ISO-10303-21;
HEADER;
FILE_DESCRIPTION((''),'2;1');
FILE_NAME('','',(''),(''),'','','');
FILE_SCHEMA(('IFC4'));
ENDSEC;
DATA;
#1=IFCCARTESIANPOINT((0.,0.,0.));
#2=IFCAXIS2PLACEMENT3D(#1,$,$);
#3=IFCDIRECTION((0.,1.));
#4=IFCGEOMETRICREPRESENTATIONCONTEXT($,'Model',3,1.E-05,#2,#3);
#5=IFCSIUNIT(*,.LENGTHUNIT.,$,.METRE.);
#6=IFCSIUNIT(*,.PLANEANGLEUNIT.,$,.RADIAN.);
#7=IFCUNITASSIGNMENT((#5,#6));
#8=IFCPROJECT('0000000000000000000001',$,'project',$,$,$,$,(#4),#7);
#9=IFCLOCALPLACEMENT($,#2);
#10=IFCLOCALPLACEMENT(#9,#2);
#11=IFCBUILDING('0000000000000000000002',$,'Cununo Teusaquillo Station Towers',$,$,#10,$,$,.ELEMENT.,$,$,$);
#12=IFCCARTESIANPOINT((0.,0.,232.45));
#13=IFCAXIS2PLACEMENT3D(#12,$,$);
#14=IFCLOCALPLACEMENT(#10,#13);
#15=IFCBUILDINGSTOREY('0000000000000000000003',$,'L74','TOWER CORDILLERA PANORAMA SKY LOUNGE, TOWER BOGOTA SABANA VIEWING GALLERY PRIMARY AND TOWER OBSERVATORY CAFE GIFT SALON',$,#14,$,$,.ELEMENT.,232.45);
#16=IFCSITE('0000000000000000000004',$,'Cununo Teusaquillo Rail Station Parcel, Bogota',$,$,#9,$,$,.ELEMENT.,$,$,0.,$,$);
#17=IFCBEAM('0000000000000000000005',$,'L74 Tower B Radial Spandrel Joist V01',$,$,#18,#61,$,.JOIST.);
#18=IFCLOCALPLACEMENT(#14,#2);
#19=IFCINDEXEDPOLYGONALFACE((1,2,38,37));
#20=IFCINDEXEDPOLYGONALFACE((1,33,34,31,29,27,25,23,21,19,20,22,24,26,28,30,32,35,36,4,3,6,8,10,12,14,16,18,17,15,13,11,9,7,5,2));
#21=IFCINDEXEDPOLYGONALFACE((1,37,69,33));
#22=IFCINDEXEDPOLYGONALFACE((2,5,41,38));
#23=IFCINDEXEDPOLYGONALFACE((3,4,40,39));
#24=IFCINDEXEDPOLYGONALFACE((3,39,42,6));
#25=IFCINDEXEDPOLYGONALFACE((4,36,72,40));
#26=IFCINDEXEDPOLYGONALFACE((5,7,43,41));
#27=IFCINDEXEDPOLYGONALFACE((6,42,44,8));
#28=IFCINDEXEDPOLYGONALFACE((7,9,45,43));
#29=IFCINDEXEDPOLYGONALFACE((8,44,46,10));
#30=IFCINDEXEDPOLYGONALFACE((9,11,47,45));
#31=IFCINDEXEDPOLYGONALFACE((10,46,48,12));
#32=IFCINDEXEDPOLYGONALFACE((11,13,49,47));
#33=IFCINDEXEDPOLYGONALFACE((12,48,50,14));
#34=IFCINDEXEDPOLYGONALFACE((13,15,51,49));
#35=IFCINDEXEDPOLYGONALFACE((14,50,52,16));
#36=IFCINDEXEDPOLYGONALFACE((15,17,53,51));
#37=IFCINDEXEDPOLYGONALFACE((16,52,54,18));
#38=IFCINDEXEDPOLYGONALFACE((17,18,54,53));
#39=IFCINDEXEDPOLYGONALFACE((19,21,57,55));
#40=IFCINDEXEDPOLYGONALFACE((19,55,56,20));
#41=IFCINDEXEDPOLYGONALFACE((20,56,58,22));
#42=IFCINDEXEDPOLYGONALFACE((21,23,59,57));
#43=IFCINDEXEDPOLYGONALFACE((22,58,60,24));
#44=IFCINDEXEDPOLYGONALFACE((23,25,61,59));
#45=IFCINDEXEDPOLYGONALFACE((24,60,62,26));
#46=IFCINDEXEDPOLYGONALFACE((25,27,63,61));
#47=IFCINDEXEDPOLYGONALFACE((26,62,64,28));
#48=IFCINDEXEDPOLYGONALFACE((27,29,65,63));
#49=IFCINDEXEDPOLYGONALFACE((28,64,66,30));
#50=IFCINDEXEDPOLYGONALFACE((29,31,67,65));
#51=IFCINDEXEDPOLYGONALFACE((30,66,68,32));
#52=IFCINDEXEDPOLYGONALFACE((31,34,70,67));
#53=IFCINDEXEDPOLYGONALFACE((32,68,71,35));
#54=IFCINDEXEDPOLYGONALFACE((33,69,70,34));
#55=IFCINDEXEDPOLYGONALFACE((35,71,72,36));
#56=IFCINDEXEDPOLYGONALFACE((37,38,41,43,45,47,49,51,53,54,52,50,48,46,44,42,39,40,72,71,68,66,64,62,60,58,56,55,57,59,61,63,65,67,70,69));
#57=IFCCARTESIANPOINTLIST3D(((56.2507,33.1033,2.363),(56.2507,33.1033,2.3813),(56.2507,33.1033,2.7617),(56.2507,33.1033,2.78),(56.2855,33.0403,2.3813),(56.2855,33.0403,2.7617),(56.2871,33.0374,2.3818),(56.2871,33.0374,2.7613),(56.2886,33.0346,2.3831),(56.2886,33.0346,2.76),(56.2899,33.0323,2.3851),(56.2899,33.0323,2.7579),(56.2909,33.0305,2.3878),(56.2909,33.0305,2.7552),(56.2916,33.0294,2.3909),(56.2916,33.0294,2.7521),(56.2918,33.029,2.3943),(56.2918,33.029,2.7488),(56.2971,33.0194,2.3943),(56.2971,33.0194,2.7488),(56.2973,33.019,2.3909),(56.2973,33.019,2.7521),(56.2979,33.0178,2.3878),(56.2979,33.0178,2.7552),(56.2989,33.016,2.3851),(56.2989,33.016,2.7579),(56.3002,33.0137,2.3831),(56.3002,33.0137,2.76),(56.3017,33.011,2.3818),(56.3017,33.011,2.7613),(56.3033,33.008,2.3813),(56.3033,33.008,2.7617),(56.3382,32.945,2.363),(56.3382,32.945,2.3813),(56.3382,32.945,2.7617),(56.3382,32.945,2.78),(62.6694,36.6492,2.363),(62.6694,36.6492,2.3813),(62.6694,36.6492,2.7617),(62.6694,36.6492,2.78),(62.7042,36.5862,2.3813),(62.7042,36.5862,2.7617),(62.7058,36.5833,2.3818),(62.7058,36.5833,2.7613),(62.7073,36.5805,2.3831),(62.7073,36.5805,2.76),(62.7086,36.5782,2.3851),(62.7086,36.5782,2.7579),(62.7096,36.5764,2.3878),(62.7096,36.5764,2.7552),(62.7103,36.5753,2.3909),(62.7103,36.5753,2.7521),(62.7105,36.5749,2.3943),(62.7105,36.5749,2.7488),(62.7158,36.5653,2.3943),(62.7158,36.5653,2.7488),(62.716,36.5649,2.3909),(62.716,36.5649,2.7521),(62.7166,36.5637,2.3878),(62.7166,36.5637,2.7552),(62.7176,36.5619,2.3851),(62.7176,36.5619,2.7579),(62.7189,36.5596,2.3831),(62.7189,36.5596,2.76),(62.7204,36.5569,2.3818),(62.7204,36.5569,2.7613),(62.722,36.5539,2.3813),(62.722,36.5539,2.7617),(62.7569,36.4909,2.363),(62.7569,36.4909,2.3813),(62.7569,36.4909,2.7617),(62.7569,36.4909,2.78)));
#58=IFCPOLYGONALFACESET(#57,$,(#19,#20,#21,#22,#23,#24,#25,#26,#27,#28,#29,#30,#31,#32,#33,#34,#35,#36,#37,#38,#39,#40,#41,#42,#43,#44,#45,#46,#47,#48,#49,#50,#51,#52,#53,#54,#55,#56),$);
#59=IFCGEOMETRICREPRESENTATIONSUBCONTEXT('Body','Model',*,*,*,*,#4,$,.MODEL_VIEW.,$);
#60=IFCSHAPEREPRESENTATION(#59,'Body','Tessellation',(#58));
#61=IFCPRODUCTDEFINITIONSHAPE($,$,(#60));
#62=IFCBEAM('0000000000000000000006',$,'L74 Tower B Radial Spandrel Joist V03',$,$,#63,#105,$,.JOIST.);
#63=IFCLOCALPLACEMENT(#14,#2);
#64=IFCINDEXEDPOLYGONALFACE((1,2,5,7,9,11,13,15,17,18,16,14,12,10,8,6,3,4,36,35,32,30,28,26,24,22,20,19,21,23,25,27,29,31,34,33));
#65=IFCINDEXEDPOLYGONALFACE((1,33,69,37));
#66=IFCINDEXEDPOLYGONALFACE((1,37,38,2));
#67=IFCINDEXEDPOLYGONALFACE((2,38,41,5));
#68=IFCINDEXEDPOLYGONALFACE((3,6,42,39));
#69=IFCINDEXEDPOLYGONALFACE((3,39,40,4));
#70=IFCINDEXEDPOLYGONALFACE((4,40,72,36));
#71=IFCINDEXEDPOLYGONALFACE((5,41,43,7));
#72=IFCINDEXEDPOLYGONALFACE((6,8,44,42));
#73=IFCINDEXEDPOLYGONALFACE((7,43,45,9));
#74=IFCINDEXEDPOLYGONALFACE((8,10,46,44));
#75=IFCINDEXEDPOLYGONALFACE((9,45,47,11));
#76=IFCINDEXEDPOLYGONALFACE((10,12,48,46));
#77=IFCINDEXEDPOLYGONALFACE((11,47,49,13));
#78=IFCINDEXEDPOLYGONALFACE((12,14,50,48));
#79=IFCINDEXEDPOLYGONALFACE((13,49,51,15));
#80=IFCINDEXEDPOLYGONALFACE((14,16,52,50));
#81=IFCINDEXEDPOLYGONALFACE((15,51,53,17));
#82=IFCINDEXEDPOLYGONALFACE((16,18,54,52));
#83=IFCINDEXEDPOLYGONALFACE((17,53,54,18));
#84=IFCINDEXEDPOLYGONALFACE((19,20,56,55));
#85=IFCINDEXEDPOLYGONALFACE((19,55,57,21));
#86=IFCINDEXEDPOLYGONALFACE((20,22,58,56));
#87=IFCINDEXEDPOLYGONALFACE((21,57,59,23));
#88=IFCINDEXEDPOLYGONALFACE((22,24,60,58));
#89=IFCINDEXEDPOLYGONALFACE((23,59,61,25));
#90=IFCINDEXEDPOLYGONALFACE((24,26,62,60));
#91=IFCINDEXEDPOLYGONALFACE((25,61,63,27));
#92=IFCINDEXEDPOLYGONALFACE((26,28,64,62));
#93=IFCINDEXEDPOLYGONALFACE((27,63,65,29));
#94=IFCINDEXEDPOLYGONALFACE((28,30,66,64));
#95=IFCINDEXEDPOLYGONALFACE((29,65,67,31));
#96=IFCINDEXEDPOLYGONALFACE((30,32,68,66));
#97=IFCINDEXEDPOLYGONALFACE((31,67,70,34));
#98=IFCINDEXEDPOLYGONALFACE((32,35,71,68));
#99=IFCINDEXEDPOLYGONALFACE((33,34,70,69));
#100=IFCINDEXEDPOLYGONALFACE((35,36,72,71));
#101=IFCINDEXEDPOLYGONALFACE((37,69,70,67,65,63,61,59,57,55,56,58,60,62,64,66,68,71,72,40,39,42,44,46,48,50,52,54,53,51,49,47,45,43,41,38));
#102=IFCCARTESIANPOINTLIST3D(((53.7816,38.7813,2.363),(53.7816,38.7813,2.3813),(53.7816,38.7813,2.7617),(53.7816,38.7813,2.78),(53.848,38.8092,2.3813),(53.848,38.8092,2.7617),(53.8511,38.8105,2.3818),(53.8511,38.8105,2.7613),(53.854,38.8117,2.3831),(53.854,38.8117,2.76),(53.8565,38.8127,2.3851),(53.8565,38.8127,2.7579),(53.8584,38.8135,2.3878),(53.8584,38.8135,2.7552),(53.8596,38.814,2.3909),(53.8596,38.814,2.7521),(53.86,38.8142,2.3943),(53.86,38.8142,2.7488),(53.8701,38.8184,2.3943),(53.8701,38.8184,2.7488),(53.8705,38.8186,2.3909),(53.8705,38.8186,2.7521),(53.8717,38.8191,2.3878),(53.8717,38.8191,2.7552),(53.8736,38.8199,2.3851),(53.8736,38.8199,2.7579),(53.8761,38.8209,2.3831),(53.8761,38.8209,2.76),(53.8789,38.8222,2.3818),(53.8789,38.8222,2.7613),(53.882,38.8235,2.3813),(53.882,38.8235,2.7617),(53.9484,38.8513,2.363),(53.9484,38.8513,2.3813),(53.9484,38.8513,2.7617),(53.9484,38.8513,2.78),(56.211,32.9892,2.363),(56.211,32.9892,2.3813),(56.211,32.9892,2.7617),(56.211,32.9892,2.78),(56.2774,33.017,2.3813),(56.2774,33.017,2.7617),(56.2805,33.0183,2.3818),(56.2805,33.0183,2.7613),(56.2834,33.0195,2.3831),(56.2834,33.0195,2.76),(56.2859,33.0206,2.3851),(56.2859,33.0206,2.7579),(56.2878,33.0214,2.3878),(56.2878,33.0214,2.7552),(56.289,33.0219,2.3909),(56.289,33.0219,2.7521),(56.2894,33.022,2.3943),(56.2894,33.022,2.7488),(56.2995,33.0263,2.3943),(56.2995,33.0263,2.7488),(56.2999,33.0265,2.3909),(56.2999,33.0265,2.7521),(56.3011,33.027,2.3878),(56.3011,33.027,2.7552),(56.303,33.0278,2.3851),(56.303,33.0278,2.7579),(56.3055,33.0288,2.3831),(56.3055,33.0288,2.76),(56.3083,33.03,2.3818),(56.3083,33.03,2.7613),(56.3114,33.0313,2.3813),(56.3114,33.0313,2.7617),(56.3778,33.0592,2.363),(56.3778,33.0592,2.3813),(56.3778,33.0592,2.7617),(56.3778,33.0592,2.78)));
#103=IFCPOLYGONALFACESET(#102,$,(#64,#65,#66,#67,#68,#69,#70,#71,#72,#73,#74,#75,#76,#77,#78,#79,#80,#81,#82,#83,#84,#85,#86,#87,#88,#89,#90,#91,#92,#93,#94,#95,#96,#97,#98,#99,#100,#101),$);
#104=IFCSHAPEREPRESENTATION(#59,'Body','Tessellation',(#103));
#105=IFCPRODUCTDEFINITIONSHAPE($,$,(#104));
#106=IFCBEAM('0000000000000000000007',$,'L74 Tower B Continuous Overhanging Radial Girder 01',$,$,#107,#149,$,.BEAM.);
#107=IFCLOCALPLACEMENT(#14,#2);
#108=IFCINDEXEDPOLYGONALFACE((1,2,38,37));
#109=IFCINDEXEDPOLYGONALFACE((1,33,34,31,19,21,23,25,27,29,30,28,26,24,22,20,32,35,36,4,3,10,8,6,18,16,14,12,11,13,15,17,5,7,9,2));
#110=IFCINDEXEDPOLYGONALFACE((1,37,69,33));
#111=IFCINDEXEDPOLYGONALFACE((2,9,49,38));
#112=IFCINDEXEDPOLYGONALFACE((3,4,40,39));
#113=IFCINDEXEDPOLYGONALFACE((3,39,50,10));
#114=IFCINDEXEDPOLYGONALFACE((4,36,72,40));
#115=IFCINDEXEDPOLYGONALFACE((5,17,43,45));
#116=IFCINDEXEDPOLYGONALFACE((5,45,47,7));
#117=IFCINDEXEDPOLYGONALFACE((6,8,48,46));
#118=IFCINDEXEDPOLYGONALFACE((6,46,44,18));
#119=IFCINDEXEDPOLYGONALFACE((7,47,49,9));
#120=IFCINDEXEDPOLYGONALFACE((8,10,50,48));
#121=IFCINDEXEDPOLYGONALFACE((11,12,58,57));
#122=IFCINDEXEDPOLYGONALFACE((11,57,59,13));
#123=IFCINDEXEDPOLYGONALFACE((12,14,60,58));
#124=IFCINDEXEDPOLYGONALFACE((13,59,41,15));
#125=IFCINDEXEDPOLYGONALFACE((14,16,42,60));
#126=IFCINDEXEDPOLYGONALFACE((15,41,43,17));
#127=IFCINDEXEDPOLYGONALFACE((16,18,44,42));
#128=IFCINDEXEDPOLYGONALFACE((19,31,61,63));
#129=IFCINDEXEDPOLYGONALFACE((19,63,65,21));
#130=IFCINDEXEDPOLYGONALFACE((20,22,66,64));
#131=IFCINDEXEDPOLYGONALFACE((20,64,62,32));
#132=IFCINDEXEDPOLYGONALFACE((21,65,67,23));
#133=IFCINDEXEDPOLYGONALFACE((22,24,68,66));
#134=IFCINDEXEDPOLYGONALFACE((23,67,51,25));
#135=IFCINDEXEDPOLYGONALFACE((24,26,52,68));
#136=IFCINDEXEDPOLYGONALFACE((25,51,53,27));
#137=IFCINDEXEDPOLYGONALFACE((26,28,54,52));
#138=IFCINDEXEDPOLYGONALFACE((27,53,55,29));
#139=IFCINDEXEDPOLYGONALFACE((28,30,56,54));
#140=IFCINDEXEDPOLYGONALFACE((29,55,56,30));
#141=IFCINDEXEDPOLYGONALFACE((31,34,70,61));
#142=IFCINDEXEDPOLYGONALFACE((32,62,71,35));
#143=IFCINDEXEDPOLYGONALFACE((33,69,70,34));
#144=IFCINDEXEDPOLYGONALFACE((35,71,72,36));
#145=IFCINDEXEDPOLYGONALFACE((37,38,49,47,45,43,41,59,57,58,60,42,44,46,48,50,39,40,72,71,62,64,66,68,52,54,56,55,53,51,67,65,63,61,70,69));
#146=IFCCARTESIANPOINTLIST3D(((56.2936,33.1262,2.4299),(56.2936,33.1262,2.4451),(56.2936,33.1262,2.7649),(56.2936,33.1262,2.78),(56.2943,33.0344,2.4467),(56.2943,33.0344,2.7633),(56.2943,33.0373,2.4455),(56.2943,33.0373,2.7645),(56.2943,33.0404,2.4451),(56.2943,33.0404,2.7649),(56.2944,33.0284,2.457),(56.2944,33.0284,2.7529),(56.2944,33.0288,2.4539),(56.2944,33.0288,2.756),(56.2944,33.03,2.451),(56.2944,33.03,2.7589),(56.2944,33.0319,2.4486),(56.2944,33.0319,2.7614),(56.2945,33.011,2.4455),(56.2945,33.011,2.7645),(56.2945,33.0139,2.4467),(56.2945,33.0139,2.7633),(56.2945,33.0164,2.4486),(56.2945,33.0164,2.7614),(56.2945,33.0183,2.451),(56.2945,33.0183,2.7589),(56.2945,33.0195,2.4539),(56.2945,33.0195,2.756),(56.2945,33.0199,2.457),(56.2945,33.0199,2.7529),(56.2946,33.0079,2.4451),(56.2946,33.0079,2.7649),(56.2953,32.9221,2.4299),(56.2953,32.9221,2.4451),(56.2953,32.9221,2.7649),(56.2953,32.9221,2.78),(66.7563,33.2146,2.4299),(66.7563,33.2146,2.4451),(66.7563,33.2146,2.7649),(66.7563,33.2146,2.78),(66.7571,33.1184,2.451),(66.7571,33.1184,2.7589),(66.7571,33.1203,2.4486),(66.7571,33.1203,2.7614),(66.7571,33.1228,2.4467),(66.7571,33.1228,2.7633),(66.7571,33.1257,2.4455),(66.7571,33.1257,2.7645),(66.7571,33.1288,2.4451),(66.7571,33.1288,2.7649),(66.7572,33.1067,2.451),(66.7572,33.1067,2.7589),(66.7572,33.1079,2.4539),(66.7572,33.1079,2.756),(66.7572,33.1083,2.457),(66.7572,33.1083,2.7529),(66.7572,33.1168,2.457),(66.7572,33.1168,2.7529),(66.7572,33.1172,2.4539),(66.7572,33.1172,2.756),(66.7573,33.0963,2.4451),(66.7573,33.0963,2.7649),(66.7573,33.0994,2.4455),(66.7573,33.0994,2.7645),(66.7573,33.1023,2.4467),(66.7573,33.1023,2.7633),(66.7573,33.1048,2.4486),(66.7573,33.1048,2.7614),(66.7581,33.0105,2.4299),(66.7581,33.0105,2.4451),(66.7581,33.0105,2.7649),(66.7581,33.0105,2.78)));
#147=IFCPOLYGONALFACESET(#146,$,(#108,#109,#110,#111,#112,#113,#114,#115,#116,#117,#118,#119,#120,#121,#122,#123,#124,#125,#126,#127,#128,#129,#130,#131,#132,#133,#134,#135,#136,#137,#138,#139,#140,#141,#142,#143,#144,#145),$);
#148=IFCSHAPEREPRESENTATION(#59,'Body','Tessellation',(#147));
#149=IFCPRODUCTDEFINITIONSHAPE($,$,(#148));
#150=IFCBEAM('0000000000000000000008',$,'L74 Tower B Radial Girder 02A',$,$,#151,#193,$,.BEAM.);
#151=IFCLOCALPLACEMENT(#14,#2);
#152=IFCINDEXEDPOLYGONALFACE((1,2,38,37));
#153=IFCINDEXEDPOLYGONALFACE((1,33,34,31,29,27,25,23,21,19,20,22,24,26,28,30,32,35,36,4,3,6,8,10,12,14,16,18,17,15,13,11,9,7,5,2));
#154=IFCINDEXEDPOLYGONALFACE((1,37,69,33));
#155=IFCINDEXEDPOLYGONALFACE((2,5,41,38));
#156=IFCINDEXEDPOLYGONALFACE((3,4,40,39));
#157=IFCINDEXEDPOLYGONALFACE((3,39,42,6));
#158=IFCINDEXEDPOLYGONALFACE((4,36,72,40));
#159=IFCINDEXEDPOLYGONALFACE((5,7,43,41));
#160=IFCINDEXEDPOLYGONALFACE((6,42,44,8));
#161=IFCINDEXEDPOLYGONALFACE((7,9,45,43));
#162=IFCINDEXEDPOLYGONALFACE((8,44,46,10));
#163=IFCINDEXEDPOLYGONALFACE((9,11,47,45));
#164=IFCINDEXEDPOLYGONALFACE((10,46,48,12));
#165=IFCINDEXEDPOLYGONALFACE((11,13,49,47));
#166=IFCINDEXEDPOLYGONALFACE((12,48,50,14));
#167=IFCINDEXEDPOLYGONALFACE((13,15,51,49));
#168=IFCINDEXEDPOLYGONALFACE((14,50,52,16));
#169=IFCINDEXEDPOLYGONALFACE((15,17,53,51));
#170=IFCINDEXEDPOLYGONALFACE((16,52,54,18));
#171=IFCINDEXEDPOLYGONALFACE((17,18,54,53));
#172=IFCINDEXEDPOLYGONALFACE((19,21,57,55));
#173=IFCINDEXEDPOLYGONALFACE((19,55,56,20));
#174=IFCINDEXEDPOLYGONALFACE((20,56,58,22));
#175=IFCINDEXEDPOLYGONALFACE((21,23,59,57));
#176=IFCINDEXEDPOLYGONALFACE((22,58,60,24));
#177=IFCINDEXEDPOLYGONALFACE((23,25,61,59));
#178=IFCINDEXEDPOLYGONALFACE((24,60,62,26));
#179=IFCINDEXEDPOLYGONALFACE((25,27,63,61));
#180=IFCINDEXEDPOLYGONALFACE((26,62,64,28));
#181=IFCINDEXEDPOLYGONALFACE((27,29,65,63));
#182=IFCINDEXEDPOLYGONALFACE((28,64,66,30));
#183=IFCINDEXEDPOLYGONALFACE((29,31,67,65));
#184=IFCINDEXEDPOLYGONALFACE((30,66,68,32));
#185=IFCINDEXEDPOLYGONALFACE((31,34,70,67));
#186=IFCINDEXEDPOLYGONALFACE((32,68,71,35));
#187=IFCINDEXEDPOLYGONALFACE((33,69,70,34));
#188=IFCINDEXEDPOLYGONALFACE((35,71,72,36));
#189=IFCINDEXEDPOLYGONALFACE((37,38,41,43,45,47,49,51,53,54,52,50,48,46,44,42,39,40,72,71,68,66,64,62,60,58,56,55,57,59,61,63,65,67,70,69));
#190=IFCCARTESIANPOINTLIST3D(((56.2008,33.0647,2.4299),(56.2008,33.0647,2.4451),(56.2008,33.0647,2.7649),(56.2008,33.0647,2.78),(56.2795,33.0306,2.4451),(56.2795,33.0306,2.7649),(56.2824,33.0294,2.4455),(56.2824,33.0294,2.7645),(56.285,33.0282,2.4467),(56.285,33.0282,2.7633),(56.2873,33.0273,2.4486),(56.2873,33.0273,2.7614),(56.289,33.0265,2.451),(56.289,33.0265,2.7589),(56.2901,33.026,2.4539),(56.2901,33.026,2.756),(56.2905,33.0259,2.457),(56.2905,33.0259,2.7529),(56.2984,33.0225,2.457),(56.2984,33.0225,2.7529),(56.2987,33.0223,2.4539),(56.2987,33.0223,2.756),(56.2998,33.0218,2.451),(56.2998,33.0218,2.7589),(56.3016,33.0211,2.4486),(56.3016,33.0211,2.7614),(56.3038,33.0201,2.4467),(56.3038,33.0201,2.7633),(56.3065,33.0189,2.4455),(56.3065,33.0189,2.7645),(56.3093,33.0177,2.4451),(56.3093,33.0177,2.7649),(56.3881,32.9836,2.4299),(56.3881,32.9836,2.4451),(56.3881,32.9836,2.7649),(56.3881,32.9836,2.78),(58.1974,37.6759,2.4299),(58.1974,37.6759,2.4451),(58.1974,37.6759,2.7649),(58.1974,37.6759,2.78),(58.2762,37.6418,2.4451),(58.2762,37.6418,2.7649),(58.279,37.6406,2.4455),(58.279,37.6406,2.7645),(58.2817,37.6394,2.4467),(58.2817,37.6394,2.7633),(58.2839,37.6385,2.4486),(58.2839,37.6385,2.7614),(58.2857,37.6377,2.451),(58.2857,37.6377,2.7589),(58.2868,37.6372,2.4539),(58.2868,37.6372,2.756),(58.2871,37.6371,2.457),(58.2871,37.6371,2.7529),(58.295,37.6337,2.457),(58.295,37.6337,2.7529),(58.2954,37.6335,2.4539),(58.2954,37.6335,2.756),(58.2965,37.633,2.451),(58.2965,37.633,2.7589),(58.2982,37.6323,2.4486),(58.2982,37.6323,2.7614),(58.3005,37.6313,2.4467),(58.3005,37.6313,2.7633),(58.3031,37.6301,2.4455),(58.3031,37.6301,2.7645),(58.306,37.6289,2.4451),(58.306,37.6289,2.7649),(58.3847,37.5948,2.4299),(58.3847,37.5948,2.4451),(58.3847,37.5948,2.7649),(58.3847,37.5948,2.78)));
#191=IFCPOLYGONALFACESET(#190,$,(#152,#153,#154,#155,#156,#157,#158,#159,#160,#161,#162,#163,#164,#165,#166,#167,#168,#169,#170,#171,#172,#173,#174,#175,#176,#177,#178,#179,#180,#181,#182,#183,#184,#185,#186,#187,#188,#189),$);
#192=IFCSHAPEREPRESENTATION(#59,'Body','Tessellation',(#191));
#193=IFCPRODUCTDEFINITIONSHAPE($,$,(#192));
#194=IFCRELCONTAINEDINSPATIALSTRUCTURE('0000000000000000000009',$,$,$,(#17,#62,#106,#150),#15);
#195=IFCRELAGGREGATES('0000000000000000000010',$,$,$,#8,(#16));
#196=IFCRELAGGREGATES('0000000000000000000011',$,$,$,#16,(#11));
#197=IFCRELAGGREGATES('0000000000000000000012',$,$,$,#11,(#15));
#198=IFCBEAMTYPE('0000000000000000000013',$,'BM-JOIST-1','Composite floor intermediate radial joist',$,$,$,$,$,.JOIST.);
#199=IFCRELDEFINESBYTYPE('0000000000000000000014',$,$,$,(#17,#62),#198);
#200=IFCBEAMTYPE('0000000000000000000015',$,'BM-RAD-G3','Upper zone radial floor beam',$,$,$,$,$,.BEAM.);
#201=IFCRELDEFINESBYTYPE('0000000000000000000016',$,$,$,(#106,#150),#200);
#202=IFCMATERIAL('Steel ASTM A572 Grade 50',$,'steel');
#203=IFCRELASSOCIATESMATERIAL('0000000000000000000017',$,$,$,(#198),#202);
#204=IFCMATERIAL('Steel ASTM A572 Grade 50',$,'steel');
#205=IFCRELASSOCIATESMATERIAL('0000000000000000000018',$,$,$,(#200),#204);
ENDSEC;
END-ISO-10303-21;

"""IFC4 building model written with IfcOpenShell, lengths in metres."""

from ifc_helpers import new_model, si_unit, direction, frame, origin, origin_2d, place, context, subcontext, project, spatial, i_section, extrude, material, material_profile, profile_set, type_object, element, save


model = new_model("IFC4")

# Units and contexts
model_context = context("Model", 3, precision=1e-05, world=origin(), true_north=direction((0.0, 1.0)))
body_context = subcontext(model_context, "Body", "Model", "MODEL_VIEW")
ifc_project = project(units=[si_unit("LENGTHUNIT", "METRE"), si_unit("PLANEANGLEUNIT", "RADIAN")], contexts=[model_context])

# Site, building, storey
site_placement = place(None, origin())
site = spatial("IfcSite", under=ifc_project, at=site_placement, Name="Cununo Teusaquillo Rail Station Parcel, Bogota", CompositionType="ELEMENT", RefElevation=0.0)
building_placement = place(site_placement, origin())
building = spatial("IfcBuilding", under=site, at=building_placement, Name="Cununo Teusaquillo Station Towers", CompositionType="ELEMENT")
storey_placement = place(building_placement, frame((0.0, 0.0, 232.45)))
storey = spatial("IfcBuildingStorey", under=building, at=storey_placement, Name="L74", Description="TOWER CORDILLERA PANORAMA SKY LOUNGE, TOWER BOGOTA SABANA VIEWING GALLERY PRIMARY AND TOWER OBSERVATORY CAFE GIFT SALON", CompositionType="ELEMENT", Elevation=232.45)

# Beams
ifc_material_1 = material(Name="Steel ASTM A572 Grade 50", Category="steel")
ifc_material_profile_1 = material_profile(ifc_material_1, i_section(OverallWidth=0.1809, OverallDepth=0.417, WebThickness=0.011, FlangeThickness=0.0183, FilletRadius=0.0129, at=origin_2d()), Name="W16X57")
ifc_profile_set_1 = profile_set([ifc_material_profile_1], Name="Steel ASTM A572 Grade 50")
beam_type_1 = type_object("IfcBeamType", Name="BM-JOIST-1", Description="Composite floor intermediate radial joist", PredefinedType="JOIST", material=ifc_profile_set_1)
beam_1_placement = place(storey_placement, frame((56.2944, 33.0242, 2.5715), z_axis=(0.875315, 0.483553, 0.0), x_axis=(-0.483553, 0.875315, 0.0)))
element("IfcBeam", 1, at=beam_1_placement, inside=storey, type_object=beam_type_1, Name="L74 Tower B Radial Spandrel Joist V01", PredefinedType="JOIST", context=body_context, shape_type="SweptSolid", body=[
    extrude(i_section(OverallWidth=0.1809, OverallDepth=0.417, WebThickness=0.011, FlangeThickness=0.0183, FilletRadius=0.0129, at=origin_2d()), origin(), (0.0, 0.0, 1.0), 7.333),
])
beam_2_placement = place(storey_placement, frame((56.2944, 33.0242, 2.5715), z_axis=(-0.386786, 0.922169, 0.0), x_axis=(-0.922169, -0.386786, 0.0)))
element("IfcBeam", 2, at=beam_2_placement, inside=storey, type_object=beam_type_1, Name="L74 Tower B Radial Spandrel Joist V03", PredefinedType="JOIST", context=body_context, shape_type="SweptSolid", body=[
    extrude(i_section(OverallWidth=0.1809, OverallDepth=0.417, WebThickness=0.011, FlangeThickness=0.0183, FilletRadius=0.0129, at=origin_2d()), origin(), (0.0, 0.0, 1.0), 6.281),
])
ifc_material_2 = material(Name="Steel ASTM A572 Grade 50", Category="steel")
ifc_material_profile_2 = material_profile(ifc_material_2, i_section(OverallWidth=0.2041, OverallDepth=0.3501, WebThickness=0.0085, FlangeThickness=0.0151, FilletRadius=0.012, at=origin_2d()), Name="W14X48")
ifc_profile_set_2 = profile_set([ifc_material_profile_2], Name="Steel ASTM A572 Grade 50")
beam_type_2 = type_object("IfcBeamType", Name="BM-RAD-G3", Description="Upper zone radial floor beam", PredefinedType="BEAM", material=ifc_profile_set_2)
beam_3_placement = place(storey_placement, frame((56.2944, 33.0242, 2.605), z_axis=(0.999964, 0.008447, 0.0), x_axis=(-0.008447, 0.999964, 0.0)))
element("IfcBeam", 3, at=beam_3_placement, inside=storey, type_object=beam_type_2, Name="L74 Tower B Continuous Overhanging Radial Girder 01", PredefinedType="BEAM", context=body_context, shape_type="SweptSolid", body=[
    extrude(i_section(OverallWidth=0.2041, OverallDepth=0.3501, WebThickness=0.0085, FlangeThickness=0.0151, FilletRadius=0.012, at=origin_2d()), origin(), (0.0, 0.0, 1.0), 10.4631),
])
beam_4_placement = place(storey_placement, frame((56.2944, 33.0242, 2.605), z_axis=(0.397347, 0.917668, 0.0), x_axis=(-0.917668, 0.397347, 0.0)))
element("IfcBeam", 4, at=beam_4_placement, inside=storey, type_object=beam_type_2, Name="L74 Tower B Radial Girder 02A", PredefinedType="BEAM", context=body_context, shape_type="SweptSolid", body=[
    extrude(i_section(OverallWidth=0.2041, OverallDepth=0.3501, WebThickness=0.0085, FlangeThickness=0.0151, FilletRadius=0.012, at=origin_2d()), origin(), (0.0, 0.0, 1.0), 5.0249),
])

save(model, "model.ifc")
